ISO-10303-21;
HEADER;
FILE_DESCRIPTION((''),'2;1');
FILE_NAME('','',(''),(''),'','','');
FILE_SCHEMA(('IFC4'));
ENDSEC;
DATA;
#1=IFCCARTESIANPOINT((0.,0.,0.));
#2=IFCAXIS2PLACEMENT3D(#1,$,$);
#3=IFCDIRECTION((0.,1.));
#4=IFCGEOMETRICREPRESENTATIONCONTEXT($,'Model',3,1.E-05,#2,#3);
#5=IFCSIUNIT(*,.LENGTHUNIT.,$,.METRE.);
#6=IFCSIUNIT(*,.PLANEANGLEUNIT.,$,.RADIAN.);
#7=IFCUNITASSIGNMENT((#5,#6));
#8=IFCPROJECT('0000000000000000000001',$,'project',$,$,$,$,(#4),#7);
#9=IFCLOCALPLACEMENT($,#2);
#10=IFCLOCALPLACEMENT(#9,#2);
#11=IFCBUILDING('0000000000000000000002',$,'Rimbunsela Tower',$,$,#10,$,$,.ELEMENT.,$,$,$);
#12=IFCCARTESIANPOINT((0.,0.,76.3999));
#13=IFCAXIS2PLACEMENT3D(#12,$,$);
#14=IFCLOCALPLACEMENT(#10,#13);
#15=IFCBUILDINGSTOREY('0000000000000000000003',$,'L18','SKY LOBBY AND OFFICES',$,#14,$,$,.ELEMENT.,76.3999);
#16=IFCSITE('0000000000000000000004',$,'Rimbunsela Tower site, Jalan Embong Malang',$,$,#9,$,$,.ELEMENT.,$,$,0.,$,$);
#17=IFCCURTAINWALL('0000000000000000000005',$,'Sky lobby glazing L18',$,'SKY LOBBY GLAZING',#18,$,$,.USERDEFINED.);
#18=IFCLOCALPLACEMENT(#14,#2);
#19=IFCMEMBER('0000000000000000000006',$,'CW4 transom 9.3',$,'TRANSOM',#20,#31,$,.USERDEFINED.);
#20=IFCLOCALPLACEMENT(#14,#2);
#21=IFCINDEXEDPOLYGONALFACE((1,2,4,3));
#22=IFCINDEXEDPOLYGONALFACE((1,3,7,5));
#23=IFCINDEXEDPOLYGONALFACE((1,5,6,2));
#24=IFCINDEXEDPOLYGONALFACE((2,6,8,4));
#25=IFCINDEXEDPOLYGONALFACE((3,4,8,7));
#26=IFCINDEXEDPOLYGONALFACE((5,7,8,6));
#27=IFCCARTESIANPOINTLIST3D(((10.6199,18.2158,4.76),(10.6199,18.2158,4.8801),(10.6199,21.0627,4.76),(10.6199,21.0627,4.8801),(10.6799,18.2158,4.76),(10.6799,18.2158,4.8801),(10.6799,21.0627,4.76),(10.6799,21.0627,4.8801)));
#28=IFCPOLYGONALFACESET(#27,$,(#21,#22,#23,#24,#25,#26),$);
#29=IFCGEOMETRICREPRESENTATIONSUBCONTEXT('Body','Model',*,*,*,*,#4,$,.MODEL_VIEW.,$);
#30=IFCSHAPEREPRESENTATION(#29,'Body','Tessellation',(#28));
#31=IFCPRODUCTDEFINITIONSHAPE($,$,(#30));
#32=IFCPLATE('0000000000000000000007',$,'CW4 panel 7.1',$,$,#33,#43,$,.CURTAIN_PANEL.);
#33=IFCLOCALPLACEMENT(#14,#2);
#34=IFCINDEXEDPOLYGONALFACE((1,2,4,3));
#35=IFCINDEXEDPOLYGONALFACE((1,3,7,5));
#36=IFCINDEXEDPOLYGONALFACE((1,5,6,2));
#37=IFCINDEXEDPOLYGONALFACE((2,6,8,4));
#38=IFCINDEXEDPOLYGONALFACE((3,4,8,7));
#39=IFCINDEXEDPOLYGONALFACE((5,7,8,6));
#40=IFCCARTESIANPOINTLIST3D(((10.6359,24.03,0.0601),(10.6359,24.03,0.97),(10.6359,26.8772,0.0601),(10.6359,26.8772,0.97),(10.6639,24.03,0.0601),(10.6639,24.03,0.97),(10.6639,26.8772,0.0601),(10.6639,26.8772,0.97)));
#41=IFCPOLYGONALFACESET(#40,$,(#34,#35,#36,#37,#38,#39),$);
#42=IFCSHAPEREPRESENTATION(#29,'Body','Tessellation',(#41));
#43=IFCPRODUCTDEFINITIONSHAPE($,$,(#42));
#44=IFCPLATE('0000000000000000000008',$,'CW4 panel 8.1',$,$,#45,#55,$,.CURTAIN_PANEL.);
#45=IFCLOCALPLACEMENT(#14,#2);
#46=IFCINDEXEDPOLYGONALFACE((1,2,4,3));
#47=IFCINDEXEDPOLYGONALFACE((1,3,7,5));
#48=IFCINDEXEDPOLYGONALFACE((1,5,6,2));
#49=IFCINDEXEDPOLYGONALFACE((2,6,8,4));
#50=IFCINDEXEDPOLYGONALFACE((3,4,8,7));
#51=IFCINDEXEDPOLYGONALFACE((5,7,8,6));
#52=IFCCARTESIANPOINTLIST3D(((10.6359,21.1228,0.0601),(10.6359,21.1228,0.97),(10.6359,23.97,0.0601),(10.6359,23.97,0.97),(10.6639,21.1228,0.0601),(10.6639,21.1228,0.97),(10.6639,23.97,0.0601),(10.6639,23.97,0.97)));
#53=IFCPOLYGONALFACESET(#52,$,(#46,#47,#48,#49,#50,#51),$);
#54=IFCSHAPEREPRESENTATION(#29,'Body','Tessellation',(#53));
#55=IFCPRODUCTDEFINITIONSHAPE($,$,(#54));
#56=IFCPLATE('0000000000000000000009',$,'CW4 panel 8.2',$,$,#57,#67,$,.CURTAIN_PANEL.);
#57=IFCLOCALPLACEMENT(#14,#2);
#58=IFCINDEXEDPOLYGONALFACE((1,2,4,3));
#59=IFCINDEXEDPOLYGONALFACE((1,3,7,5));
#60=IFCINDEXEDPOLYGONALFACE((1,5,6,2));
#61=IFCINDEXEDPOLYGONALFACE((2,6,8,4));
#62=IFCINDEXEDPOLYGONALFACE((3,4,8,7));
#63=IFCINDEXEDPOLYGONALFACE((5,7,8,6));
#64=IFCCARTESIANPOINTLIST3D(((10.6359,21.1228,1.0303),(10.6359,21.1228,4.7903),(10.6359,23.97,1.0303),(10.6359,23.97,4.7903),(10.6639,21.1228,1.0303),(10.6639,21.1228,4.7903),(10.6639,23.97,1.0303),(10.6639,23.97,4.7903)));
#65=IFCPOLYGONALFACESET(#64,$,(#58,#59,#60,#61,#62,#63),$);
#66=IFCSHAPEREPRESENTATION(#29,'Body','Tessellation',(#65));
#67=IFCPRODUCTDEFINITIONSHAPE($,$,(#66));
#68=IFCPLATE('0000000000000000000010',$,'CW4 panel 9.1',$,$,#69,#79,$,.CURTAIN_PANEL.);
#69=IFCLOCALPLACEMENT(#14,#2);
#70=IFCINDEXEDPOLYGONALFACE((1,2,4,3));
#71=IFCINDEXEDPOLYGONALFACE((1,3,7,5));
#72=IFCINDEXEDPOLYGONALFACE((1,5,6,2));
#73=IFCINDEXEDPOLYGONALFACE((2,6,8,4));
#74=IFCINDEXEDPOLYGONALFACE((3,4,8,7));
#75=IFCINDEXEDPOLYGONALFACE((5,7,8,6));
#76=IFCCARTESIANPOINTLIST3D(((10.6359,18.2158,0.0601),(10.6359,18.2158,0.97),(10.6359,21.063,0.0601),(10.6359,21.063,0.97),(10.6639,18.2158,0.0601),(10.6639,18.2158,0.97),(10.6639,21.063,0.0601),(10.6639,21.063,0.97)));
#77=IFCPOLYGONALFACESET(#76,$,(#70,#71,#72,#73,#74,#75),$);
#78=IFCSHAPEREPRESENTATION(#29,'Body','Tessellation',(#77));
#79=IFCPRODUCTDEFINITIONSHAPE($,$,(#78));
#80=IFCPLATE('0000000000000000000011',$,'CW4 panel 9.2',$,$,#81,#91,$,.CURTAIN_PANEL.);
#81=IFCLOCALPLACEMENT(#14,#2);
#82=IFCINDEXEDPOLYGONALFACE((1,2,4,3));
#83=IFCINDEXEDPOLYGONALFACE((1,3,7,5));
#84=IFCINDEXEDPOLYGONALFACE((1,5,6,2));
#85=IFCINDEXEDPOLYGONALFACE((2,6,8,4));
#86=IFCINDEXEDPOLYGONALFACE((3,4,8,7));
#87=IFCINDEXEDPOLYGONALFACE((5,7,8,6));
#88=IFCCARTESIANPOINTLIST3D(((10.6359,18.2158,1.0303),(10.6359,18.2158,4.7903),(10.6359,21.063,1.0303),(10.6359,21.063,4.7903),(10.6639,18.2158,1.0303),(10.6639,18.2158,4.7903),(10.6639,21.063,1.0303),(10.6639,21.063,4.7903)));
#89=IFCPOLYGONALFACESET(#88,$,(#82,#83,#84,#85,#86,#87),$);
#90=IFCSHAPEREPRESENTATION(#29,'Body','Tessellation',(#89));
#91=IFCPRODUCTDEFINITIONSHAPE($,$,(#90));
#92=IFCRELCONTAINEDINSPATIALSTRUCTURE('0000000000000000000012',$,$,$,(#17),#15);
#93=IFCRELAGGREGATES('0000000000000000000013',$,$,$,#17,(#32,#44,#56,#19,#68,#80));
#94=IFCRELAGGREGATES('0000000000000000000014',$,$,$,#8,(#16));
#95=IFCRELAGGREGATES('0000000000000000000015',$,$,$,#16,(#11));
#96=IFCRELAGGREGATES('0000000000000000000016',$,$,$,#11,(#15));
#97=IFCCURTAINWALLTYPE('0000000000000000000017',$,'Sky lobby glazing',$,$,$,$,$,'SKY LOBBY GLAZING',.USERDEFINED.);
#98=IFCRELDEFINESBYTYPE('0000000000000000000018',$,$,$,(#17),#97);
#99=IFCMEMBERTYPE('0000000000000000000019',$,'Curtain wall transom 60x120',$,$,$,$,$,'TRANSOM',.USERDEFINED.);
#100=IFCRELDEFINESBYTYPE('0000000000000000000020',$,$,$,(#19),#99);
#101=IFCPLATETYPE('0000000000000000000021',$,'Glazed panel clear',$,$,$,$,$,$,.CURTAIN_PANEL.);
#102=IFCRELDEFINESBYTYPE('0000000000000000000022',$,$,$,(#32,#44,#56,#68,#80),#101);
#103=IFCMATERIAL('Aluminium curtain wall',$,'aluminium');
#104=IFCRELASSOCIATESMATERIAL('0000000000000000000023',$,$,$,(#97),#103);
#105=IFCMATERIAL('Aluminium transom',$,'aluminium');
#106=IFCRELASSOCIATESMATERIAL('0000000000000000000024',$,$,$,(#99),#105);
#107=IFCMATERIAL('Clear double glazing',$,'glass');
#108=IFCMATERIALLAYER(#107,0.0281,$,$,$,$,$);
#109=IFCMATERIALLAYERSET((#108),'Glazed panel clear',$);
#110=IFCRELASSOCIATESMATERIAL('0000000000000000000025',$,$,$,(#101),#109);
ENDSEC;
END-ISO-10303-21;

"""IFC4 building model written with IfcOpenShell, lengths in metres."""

from ifc_helpers import new_model, si_unit, direction, frame, origin, origin_2d, place, context, subcontext, project, spatial, rectangle, extrude, material, layer, layer_set, material_profile, profile_set, type_object, element, aggregate, save


model = new_model("IFC4")

# Units and contexts
model_context = context("Model", 3, precision=1e-05, world=origin(), true_north=direction((0.0, 1.0)))
body_context = subcontext(model_context, "Body", "Model", "MODEL_VIEW")
ifc_project = project(units=[si_unit("LENGTHUNIT", "METRE"), si_unit("PLANEANGLEUNIT", "RADIAN")], contexts=[model_context])

# Site, building, storey
site_placement = place(None, origin())
site = spatial("IfcSite", under=ifc_project, at=site_placement, Name="Rimbunsela Tower site, Jalan Embong Malang", CompositionType="ELEMENT", RefElevation=0.0)
building_placement = place(site_placement, origin())
building = spatial("IfcBuilding", under=site, at=building_placement, Name="Rimbunsela Tower", CompositionType="ELEMENT")
storey_placement = place(building_placement, frame((0.0, 0.0, 76.3999)))
storey = spatial("IfcBuildingStorey", under=building, at=storey_placement, Name="L18", Description="SKY LOBBY AND OFFICES", CompositionType="ELEMENT", Elevation=76.3999)

# Curtain wall, member, plates
ifc_material_1 = material(Name="Aluminium curtain wall", Category="aluminium")
curtain_wall_type = type_object("IfcCurtainWallType", Name="Sky lobby glazing", ElementType="SKY LOBBY GLAZING", PredefinedType="USERDEFINED", material=ifc_material_1)
curtain_wall_placement = place(storey_placement, origin())
curtain_wall = element("IfcCurtainWall", 1, at=curtain_wall_placement, inside=storey, type_object=curtain_wall_type, Name="Sky lobby glazing L18", ObjectType="SKY LOBBY GLAZING", PredefinedType="USERDEFINED")
ifc_material_2 = material(Name="Aluminium transom", Category="aluminium")
ifc_material_profile_1 = material_profile(ifc_material_2, rectangle(XDim=0.0601, YDim=0.1201, at=origin_2d()), Name="Transom 60x120")
ifc_profile_set_1 = profile_set([ifc_material_profile_1], Name="Aluminium transom")
member_type_1 = type_object("IfcMemberType", Name="Curtain wall transom 60x120", ElementType="TRANSOM", PredefinedType="USERDEFINED", material=ifc_profile_set_1)
member_1_placement = place(storey_placement, frame((10.6499, 21.0627, 4.8201), z_axis=(0.0, -1.0, 0.0), x_axis=(1.0, 0.0, 0.0)))
member_1 = element("IfcMember", 2, at=member_1_placement, type_object=member_type_1, Name="CW4 transom 9.3", ObjectType="TRANSOM", PredefinedType="USERDEFINED", context=body_context, shape_type="SweptSolid", body=[
    extrude(rectangle(XDim=0.0601, YDim=0.1201, at=origin_2d()), origin(), (0.0, 0.0, 1.0), 2.8469),
])
ifc_material_3 = material(Name="Clear double glazing", Category="glass")
ifc_layer = layer(ifc_material_3, 0.0281)
ifc_layer_set = layer_set([ifc_layer], Name="Glazed panel clear")
plate_type = type_object("IfcPlateType", Name="Glazed panel clear", PredefinedType="CURTAIN_PANEL", material=ifc_layer_set)
plate_1_placement = place(storey_placement, frame((10.6499, 25.4536, 0.0601), z_axis=(0.0, 0.0, 1.0), x_axis=(0.0, -1.0, 0.0)))
plate_1 = element("IfcPlate", 3, at=plate_1_placement, type_object=plate_type, Name="CW4 panel 7.1", PredefinedType="CURTAIN_PANEL", context=body_context, shape_type="SweptSolid", body=[
    extrude(rectangle(XDim=2.8472, YDim=0.0281, at=origin_2d()), origin(), (0.0, 0.0, 1.0), 0.9099),
])
plate_2_placement = place(storey_placement, frame((10.6499, 22.5464, 0.0601), z_axis=(0.0, 0.0, 1.0), x_axis=(0.0, -1.0, 0.0)))
plate_2 = element("IfcPlate", 4, at=plate_2_placement, type_object=plate_type, Name="CW4 panel 8.1", PredefinedType="CURTAIN_PANEL", context=body_context, shape_type="SweptSolid", body=[
    extrude(rectangle(XDim=2.8472, YDim=0.0281, at=origin_2d()), origin(), (0.0, 0.0, 1.0), 0.9099),
])
plate_3_placement = place(storey_placement, frame((10.6499, 22.5464, 1.0303), z_axis=(0.0, 0.0, 1.0), x_axis=(0.0, -1.0, 0.0)))
plate_3 = element("IfcPlate", 5, at=plate_3_placement, type_object=plate_type, Name="CW4 panel 8.2", PredefinedType="CURTAIN_PANEL", context=body_context, shape_type="SweptSolid", body=[
    extrude(rectangle(XDim=2.8472, YDim=0.0281, at=origin_2d()), origin(), (0.0, 0.0, 1.0), 3.76),
])
plate_4_placement = place(storey_placement, frame((10.6499, 19.6394, 0.0601), z_axis=(0.0, 0.0, 1.0), x_axis=(0.0, -1.0, 0.0)))
plate_4 = element("IfcPlate", 6, at=plate_4_placement, type_object=plate_type, Name="CW4 panel 9.1", PredefinedType="CURTAIN_PANEL", context=body_context, shape_type="SweptSolid", body=[
    extrude(rectangle(XDim=2.8472, YDim=0.0281, at=origin_2d()), origin(), (0.0, 0.0, 1.0), 0.9099),
])
plate_5_placement = place(storey_placement, frame((10.6499, 19.6394, 1.0303), z_axis=(0.0, 0.0, 1.0), x_axis=(0.0, -1.0, 0.0)))
plate_5 = element("IfcPlate", 7, at=plate_5_placement, type_object=plate_type, Name="CW4 panel 9.2", PredefinedType="CURTAIN_PANEL", context=body_context, shape_type="SweptSolid", body=[
    extrude(rectangle(XDim=2.8472, YDim=0.0281, at=origin_2d()), origin(), (0.0, 0.0, 1.0), 3.76),
])
aggregate(curtain_wall, [plate_1, plate_2, plate_3, member_1, plate_4, plate_5])

save(model, "model.ifc")
